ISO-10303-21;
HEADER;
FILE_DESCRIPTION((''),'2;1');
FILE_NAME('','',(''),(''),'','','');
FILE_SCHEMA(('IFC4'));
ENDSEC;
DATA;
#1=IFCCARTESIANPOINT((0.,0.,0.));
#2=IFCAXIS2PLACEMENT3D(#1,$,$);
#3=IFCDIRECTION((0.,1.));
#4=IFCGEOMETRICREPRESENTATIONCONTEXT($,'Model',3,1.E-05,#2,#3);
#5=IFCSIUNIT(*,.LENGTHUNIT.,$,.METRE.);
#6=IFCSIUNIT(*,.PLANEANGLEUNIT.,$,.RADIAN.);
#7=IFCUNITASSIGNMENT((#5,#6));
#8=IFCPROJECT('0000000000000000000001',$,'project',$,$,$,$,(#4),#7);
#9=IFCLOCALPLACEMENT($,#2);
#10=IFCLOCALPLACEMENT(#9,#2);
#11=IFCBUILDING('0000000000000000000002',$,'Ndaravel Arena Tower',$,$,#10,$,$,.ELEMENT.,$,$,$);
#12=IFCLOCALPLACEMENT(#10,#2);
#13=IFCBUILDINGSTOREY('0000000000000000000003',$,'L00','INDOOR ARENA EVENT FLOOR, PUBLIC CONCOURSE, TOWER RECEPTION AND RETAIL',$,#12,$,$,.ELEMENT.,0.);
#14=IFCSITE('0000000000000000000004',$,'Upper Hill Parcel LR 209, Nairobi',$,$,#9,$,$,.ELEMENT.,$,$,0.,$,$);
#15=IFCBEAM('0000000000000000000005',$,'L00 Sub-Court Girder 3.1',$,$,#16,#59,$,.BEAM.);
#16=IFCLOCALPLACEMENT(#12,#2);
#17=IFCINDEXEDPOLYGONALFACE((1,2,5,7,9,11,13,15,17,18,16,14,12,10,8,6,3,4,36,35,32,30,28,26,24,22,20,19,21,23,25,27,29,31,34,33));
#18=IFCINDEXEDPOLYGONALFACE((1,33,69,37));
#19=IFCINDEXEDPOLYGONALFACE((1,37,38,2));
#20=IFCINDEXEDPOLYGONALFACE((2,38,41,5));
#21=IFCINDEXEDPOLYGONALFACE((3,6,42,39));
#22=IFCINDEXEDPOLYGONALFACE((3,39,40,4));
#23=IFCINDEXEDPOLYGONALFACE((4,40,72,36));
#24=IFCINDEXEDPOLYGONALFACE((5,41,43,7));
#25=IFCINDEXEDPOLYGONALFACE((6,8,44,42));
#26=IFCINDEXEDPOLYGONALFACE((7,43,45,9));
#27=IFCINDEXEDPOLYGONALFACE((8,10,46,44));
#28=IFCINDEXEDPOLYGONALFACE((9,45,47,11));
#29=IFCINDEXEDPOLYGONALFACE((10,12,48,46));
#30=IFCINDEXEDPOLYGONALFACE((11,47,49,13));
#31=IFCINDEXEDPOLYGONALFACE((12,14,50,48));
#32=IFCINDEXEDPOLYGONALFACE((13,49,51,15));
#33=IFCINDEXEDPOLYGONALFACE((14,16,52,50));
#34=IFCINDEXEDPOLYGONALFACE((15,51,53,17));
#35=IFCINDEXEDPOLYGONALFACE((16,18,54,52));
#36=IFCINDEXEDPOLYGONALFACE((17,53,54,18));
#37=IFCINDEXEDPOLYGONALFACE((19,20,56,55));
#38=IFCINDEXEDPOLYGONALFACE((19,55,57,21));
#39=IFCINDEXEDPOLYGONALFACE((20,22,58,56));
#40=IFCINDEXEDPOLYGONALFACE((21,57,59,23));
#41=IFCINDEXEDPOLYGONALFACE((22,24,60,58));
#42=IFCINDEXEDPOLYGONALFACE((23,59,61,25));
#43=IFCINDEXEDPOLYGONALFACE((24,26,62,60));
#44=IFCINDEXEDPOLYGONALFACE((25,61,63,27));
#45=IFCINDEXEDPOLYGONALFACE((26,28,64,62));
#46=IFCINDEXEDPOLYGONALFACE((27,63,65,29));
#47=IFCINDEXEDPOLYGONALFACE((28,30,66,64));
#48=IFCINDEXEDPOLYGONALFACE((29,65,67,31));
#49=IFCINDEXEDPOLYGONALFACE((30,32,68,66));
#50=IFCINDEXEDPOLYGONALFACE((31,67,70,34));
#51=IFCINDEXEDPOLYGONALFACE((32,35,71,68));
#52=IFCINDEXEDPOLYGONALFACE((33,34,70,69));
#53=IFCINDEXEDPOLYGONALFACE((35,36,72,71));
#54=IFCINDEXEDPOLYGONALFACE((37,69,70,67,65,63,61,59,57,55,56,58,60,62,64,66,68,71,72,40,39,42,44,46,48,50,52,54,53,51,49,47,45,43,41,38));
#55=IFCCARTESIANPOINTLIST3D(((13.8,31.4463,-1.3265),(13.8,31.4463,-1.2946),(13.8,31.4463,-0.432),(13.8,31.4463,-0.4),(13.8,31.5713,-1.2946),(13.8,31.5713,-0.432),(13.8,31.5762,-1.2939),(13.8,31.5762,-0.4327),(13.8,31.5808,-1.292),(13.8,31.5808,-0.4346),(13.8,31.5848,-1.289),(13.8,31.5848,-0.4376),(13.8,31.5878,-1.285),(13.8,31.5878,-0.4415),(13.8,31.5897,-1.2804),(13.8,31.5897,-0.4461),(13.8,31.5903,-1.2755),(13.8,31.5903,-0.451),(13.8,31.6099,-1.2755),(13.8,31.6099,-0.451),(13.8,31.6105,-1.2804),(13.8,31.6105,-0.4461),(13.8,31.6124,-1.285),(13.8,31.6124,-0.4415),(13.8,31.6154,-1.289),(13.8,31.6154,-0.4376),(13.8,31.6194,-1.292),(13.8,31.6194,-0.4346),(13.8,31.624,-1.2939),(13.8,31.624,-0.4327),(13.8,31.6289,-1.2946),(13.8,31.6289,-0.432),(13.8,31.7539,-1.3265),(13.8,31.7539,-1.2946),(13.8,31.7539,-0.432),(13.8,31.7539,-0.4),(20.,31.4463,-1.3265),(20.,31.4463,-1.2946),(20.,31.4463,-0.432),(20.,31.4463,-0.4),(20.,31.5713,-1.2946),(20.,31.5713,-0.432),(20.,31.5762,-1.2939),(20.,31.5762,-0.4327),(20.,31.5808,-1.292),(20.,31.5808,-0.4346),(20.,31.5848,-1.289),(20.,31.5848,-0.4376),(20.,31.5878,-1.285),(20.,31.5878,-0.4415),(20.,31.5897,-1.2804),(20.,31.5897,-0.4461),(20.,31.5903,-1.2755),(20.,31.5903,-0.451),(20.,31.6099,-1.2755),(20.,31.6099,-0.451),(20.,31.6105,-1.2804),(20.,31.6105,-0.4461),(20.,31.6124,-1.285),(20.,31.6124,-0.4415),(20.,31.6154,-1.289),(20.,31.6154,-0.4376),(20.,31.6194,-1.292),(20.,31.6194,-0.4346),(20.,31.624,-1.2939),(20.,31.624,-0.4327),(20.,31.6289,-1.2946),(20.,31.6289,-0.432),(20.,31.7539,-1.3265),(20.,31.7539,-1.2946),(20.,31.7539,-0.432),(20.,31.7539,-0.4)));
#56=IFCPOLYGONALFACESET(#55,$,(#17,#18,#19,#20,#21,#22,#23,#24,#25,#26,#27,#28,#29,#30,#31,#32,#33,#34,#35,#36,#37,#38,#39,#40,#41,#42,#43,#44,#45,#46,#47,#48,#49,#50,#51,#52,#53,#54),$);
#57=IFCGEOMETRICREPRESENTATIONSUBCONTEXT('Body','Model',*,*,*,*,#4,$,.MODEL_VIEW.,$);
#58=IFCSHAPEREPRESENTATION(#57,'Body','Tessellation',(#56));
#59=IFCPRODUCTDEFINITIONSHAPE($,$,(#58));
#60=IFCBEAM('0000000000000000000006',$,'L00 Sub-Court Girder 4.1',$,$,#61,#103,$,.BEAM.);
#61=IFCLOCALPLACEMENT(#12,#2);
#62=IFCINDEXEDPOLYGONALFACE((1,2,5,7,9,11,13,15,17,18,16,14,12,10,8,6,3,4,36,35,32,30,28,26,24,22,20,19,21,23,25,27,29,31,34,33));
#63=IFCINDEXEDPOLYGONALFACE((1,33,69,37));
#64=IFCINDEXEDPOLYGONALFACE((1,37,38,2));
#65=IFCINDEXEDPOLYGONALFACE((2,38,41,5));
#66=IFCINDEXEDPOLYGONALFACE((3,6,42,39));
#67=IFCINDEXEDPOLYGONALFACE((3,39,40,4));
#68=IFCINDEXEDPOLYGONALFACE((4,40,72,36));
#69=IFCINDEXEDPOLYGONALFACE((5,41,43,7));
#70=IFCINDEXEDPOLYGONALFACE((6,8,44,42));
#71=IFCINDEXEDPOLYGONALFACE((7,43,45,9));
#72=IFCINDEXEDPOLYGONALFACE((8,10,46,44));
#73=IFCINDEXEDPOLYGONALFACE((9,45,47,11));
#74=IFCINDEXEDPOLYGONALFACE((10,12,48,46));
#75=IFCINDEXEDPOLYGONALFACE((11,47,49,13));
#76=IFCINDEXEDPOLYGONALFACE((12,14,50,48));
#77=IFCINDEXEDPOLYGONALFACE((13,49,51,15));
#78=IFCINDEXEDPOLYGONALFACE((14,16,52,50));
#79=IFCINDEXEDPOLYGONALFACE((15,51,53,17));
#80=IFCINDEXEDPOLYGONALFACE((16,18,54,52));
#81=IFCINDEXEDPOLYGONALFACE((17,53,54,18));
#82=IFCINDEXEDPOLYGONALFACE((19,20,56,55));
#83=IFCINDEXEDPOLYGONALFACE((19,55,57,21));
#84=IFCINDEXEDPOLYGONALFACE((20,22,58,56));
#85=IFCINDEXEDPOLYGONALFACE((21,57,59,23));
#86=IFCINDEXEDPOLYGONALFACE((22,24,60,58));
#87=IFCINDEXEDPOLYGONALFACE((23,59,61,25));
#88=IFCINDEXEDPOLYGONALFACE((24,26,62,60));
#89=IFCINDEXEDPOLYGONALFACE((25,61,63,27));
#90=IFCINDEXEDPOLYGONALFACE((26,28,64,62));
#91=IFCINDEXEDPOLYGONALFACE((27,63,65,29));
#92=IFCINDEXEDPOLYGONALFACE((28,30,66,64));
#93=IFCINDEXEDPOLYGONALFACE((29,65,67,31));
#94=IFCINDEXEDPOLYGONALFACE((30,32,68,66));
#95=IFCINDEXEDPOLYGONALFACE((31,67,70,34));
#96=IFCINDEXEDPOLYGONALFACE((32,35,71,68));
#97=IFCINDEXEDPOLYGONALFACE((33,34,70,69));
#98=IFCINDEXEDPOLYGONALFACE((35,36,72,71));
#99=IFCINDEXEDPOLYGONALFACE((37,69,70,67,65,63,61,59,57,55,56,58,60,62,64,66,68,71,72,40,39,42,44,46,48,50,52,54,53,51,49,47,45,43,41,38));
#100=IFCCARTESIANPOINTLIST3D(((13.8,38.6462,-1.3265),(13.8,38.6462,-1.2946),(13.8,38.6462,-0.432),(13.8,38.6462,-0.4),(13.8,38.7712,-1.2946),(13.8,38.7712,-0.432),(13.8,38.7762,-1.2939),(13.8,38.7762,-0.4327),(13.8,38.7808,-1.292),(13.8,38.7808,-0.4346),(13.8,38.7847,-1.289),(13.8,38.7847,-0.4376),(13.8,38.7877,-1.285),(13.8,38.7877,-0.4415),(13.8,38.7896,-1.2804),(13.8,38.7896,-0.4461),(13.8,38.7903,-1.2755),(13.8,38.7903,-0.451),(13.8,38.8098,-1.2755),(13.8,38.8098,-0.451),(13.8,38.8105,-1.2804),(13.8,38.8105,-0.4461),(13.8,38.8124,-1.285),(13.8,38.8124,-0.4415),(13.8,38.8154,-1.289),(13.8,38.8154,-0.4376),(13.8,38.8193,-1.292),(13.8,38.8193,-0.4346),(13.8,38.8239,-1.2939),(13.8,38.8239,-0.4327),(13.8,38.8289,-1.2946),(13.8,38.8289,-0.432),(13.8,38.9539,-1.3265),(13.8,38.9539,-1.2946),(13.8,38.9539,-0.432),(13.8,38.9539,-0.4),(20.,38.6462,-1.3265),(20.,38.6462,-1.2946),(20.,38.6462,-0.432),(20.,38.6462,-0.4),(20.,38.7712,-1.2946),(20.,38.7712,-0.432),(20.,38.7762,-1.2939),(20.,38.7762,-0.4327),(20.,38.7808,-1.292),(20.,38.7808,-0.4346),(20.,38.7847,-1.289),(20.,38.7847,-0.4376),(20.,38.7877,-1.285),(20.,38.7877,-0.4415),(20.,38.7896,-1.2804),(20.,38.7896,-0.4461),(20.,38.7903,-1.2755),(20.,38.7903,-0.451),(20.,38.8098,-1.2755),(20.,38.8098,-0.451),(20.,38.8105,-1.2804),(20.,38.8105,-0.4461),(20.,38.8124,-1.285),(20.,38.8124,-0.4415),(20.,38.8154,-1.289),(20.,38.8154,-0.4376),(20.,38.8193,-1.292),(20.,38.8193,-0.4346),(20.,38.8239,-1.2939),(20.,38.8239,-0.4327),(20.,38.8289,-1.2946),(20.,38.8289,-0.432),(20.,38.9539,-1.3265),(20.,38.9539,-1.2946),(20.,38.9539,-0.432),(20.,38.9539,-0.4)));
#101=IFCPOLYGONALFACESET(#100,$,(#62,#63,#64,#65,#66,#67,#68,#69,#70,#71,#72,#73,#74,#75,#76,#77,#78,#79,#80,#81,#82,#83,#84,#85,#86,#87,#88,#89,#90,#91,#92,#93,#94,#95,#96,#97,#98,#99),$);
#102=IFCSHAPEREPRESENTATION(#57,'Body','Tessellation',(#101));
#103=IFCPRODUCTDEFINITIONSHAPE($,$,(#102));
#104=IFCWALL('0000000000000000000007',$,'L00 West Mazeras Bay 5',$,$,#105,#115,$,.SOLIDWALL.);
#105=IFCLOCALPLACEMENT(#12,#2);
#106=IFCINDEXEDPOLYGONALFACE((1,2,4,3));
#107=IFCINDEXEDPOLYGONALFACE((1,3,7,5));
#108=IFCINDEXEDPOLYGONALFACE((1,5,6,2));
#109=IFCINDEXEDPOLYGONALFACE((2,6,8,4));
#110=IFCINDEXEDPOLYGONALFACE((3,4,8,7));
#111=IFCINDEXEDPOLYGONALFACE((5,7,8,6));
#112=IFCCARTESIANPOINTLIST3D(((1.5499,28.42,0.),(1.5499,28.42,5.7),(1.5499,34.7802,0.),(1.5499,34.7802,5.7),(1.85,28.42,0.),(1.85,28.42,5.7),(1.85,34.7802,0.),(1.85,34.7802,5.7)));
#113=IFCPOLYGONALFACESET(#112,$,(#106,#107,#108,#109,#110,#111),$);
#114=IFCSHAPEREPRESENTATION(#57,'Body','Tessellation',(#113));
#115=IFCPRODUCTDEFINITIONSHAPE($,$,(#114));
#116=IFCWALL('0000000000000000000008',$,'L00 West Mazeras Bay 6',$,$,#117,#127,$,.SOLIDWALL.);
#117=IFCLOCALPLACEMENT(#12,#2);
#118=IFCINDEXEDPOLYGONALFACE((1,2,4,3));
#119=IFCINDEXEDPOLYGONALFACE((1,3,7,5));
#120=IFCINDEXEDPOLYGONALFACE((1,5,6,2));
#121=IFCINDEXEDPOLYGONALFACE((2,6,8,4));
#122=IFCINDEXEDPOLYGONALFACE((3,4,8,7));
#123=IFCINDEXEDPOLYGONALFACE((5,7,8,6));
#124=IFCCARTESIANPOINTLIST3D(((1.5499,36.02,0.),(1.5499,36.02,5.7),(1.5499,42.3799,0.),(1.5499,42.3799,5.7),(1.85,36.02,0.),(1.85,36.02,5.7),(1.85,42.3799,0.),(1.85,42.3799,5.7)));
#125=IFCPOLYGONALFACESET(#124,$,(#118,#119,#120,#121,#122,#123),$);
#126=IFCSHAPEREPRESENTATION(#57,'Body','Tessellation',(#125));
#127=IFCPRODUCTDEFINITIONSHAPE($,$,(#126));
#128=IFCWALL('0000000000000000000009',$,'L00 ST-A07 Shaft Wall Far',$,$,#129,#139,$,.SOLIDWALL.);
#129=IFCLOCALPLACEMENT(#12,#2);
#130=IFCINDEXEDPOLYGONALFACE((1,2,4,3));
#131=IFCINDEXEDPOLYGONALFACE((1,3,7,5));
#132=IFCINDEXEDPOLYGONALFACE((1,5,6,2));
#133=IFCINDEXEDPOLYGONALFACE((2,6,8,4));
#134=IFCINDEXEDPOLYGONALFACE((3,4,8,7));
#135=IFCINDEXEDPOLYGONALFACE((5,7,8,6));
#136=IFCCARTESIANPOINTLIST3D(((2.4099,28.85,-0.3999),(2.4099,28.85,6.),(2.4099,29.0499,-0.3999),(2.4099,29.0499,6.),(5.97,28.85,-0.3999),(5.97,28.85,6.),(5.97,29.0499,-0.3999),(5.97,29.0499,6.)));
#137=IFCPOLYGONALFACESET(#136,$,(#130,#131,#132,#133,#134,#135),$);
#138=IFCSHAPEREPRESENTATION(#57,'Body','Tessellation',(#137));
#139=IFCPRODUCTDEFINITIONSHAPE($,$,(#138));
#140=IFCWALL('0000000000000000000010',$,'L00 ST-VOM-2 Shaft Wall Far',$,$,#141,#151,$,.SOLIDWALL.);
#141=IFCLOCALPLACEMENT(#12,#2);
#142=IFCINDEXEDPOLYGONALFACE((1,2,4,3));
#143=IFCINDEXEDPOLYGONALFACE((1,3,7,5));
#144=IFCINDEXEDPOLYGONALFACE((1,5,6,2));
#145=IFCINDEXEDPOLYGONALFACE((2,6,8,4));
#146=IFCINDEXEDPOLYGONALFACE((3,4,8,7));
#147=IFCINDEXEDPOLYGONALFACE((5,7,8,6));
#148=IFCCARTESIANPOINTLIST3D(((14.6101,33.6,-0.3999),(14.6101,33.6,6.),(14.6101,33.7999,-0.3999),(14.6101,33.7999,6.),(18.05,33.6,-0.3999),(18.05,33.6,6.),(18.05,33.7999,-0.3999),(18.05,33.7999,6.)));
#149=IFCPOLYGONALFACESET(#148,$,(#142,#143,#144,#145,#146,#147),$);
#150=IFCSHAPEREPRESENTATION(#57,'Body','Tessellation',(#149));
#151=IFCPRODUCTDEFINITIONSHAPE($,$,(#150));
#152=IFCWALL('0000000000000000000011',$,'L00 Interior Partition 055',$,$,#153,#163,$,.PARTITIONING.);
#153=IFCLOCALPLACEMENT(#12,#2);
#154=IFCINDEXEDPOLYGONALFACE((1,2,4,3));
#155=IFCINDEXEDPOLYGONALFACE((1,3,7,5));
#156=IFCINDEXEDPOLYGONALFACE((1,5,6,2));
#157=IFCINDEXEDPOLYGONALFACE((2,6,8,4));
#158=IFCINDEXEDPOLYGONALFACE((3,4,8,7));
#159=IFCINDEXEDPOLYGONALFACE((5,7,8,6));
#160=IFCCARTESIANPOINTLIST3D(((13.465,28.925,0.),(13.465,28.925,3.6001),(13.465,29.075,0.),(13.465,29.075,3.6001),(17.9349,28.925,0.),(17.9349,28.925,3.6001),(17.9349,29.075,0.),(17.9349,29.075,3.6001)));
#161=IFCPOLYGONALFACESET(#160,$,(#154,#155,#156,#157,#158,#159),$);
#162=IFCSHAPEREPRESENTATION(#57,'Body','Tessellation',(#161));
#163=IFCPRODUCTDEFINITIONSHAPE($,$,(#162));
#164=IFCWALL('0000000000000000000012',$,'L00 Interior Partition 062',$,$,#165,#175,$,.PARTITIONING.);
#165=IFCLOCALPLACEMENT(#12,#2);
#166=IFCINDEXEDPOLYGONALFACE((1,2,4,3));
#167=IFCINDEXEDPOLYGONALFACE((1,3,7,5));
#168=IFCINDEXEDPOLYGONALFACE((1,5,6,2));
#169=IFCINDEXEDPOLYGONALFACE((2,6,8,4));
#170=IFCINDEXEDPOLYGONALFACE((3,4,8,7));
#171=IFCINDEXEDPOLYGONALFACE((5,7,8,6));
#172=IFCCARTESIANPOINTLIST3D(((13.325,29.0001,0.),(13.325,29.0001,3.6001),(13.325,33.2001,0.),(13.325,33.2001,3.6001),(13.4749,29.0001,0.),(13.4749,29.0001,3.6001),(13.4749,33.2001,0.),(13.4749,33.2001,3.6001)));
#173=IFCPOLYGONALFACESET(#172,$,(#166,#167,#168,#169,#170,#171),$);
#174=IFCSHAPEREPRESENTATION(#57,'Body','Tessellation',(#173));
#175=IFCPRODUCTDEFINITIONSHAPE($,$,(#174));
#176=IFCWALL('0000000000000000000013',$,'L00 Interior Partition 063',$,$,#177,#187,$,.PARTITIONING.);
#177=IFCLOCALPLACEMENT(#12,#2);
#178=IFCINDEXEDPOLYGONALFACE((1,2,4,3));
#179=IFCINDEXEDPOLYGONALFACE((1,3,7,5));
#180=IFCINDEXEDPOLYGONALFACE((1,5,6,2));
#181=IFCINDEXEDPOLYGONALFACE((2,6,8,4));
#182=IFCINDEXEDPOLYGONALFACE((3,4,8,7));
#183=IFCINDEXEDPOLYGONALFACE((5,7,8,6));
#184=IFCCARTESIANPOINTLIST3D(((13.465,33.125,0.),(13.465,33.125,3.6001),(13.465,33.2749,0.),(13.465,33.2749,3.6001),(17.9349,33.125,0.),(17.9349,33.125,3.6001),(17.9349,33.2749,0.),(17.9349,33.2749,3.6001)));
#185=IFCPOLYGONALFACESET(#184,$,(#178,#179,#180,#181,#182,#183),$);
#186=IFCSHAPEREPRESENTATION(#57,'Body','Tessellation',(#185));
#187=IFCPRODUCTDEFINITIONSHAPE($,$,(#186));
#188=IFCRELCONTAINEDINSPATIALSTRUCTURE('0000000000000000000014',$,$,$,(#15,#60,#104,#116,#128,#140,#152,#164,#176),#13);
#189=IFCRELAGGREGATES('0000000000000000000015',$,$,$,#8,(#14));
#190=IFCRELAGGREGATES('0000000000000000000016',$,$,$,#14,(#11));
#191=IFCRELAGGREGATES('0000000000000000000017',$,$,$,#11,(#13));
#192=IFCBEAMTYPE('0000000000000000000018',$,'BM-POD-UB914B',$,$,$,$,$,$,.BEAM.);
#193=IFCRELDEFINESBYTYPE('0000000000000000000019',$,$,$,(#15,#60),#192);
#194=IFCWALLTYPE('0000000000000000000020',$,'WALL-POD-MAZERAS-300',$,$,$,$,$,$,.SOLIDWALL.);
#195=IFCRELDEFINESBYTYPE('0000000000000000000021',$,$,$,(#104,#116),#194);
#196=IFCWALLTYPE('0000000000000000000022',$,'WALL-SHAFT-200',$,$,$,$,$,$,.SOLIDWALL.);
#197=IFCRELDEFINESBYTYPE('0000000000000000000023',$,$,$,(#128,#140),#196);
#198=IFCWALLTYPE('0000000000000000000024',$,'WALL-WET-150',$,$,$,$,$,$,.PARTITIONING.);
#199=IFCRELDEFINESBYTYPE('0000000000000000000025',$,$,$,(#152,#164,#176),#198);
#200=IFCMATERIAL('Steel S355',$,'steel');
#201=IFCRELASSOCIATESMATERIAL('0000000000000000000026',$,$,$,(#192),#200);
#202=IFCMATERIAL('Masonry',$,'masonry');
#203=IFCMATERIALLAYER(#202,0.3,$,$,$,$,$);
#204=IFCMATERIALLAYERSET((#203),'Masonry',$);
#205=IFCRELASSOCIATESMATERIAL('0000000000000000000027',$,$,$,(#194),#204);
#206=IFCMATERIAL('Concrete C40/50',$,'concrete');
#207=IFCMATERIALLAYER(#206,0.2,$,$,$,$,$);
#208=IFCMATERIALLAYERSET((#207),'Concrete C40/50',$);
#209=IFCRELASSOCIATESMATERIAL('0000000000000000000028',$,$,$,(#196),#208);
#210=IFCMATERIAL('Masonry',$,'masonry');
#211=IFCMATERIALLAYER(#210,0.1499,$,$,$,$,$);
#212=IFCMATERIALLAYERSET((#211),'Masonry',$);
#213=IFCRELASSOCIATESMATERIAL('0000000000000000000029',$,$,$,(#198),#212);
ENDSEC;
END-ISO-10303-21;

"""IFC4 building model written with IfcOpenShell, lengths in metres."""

from ifc_helpers import new_model, si_unit, direction, frame, frame_2d, origin, origin_2d, place, context, subcontext, project, spatial, rectangle, i_section, extrude, material, layer, layer_set, material_profile, profile_set, type_object, element, save


model = new_model("IFC4")

# Units and contexts
model_context = context("Model", 3, precision=1e-05, world=origin(), true_north=direction((0.0, 1.0)))
body_context = subcontext(model_context, "Body", "Model", "MODEL_VIEW")
ifc_project = project(units=[si_unit("LENGTHUNIT", "METRE"), si_unit("PLANEANGLEUNIT", "RADIAN")], contexts=[model_context])

# Site, building, storey
site_placement = place(None, origin())
site = spatial("IfcSite", under=ifc_project, at=site_placement, Name="Upper Hill Parcel LR 209, Nairobi", CompositionType="ELEMENT", RefElevation=0.0)
building_placement = place(site_placement, origin())
building = spatial("IfcBuilding", under=site, at=building_placement, Name="Ndaravel Arena Tower", CompositionType="ELEMENT")
storey_placement = place(building_placement, origin())
storey = spatial("IfcBuildingStorey", under=building, at=storey_placement, Name="L00", Description="INDOOR ARENA EVENT FLOOR, PUBLIC CONCOURSE, TOWER RECEPTION AND RETAIL", CompositionType="ELEMENT", Elevation=0.0)

# Beams
ifc_material_1 = material(Name="Steel S355", Category="steel")
ifc_material_profile_1 = material_profile(ifc_material_1, i_section(OverallWidth=0.3076, OverallDepth=0.9265, WebThickness=0.0195, FlangeThickness=0.032, FilletRadius=0.019, at=origin_2d()), Name="UB 914x305x289")
ifc_profile_set_1 = profile_set([ifc_material_profile_1], Name="Steel S355")
beam_type_1 = type_object("IfcBeamType", Name="BM-POD-UB914B", PredefinedType="BEAM", material=ifc_profile_set_1)
for number, where, z_axis, x_axis, name in (
    (1, (13.8, 31.6001, -0.8633), (1.0, 0.0, 0.0), (0.0, 1.0, 0.0), "L00 Sub-Court Girder 3.1"),
    (2, (13.8, 38.8, -0.8633), (1.0, 0.0, 0.0), (0.0, 1.0, 0.0), "L00 Sub-Court Girder 4.1"),
):
    element("IfcBeam", number, at=place(storey_placement, frame(where, z_axis=z_axis, x_axis=x_axis)), inside=storey, type_object=beam_type_1, Name=name, PredefinedType="BEAM", context=body_context, shape_type="SweptSolid", body=[
        extrude(i_section(OverallWidth=0.3076, OverallDepth=0.9265, WebThickness=0.0195, FlangeThickness=0.032, FilletRadius=0.019, at=origin_2d()), origin(), (0.0, 0.0, 1.0), 6.2),
    ])

# Walls
ifc_material_2 = material(Name="Masonry", Category="masonry")
ifc_layer_1 = layer(ifc_material_2, 0.3)
ifc_layer_set_1 = layer_set([ifc_layer_1], Name="Masonry")
wall_type_1 = type_object("IfcWallType", Name="WALL-POD-MAZERAS-300", PredefinedType="SOLIDWALL", material=ifc_layer_set_1)
wall_1_placement = place(storey_placement, frame((1.7, 28.4199, 0.0), z_axis=(0.0, 0.0, 1.0), x_axis=(0.0, 1.0, 0.0)))
element("IfcWall", 3, at=wall_1_placement, inside=storey, type_object=wall_type_1, Name="L00 West Mazeras Bay 5", PredefinedType="SOLIDWALL", context=body_context, shape_type="SweptSolid", body=[
    extrude(rectangle(XDim=6.3601, YDim=0.3, at=frame_2d((3.1802, 0.0))), origin(), (0.0, 0.0, 1.0), 5.7),
])
wall_2_placement = place(storey_placement, frame((1.7, 36.02, 0.0), z_axis=(0.0, 0.0, 1.0), x_axis=(0.0, 1.0, 0.0)))
element("IfcWall", 4, at=wall_2_placement, inside=storey, type_object=wall_type_1, Name="L00 West Mazeras Bay 6", PredefinedType="SOLIDWALL", context=body_context, shape_type="SweptSolid", body=[
    extrude(rectangle(XDim=6.3599, YDim=0.3, at=frame_2d((3.1799, 0.0))), origin(), (0.0, 0.0, 1.0), 5.7),
])
ifc_material_3 = material(Name="Concrete C40/50", Category="concrete")
ifc_layer_2 = layer(ifc_material_3, 0.2)
ifc_layer_set_2 = layer_set([ifc_layer_2], Name="Concrete C40/50")
wall_type_2 = type_object("IfcWallType", Name="WALL-SHAFT-200", PredefinedType="SOLIDWALL", material=ifc_layer_set_2)
wall_3_placement = place(storey_placement, frame((5.97, 28.95, -0.3999), z_axis=(0.0, 0.0, 1.0), x_axis=(-1.0, 0.0, 0.0)))
element("IfcWall", 5, at=wall_3_placement, inside=storey, type_object=wall_type_2, Name="L00 ST-A07 Shaft Wall Far", PredefinedType="SOLIDWALL", context=body_context, shape_type="SweptSolid", body=[
    extrude(rectangle(XDim=3.5601, YDim=0.2, at=frame_2d((1.78, 0.0))), origin(), (0.0, 0.0, 1.0), 6.3999),
])
wall_4_placement = place(storey_placement, frame((14.6101, 33.7, -0.3999), z_axis=(0.0, 0.0, 1.0), x_axis=(1.0, 0.0, 0.0)))
element("IfcWall", 6, at=wall_4_placement, inside=storey, type_object=wall_type_2, Name="L00 ST-VOM-2 Shaft Wall Far", PredefinedType="SOLIDWALL", context=body_context, shape_type="SweptSolid", body=[
    extrude(rectangle(XDim=3.4399, YDim=0.2, at=frame_2d((1.72, 0.0))), origin(), (0.0, 0.0, 1.0), 6.3999),
])
ifc_material_4 = material(Name="Masonry", Category="masonry")
ifc_layer_3 = layer(ifc_material_4, 0.1499)
ifc_layer_set_3 = layer_set([ifc_layer_3], Name="Masonry")
wall_type_3 = type_object("IfcWallType", Name="WALL-WET-150", PredefinedType="PARTITIONING", material=ifc_layer_set_3)
wall_5_placement = place(storey_placement, frame((13.4651, 29.0, 0.0), z_axis=(0.0, 0.0, 1.0), x_axis=(1.0, 0.0, 0.0)))
element("IfcWall", 7, at=wall_5_placement, inside=storey, type_object=wall_type_3, Name="L00 Interior Partition 055", PredefinedType="PARTITIONING", context=body_context, shape_type="SweptSolid", body=[
    extrude(rectangle(XDim=4.47, YDim=0.1499, at=frame_2d((2.2349, 0.0))), origin(), (0.0, 0.0, 1.0), 3.6001),
])
wall_6_placement = place(storey_placement, frame((13.3999, 29.0, 0.0), z_axis=(0.0, 0.0, 1.0), x_axis=(0.0, 1.0, 0.0)))
element("IfcWall", 8, at=wall_6_placement, inside=storey, type_object=wall_type_3, Name="L00 Interior Partition 062", PredefinedType="PARTITIONING", context=body_context, shape_type="SweptSolid", body=[
    extrude(rectangle(XDim=4.2, YDim=0.1499, at=frame_2d((2.1001, 0.0))), origin(), (0.0, 0.0, 1.0), 3.6001),
])
wall_7_placement = place(storey_placement, frame((13.4651, 33.2, 0.0), z_axis=(0.0, 0.0, 1.0), x_axis=(1.0, 0.0, 0.0)))
element("IfcWall", 9, at=wall_7_placement, inside=storey, type_object=wall_type_3, Name="L00 Interior Partition 063", PredefinedType="PARTITIONING", context=body_context, shape_type="SweptSolid", body=[
    extrude(rectangle(XDim=4.47, YDim=0.1499, at=frame_2d((2.2349, 0.0))), origin(), (0.0, 0.0, 1.0), 3.6001),
])

save(model, "model.ifc")
